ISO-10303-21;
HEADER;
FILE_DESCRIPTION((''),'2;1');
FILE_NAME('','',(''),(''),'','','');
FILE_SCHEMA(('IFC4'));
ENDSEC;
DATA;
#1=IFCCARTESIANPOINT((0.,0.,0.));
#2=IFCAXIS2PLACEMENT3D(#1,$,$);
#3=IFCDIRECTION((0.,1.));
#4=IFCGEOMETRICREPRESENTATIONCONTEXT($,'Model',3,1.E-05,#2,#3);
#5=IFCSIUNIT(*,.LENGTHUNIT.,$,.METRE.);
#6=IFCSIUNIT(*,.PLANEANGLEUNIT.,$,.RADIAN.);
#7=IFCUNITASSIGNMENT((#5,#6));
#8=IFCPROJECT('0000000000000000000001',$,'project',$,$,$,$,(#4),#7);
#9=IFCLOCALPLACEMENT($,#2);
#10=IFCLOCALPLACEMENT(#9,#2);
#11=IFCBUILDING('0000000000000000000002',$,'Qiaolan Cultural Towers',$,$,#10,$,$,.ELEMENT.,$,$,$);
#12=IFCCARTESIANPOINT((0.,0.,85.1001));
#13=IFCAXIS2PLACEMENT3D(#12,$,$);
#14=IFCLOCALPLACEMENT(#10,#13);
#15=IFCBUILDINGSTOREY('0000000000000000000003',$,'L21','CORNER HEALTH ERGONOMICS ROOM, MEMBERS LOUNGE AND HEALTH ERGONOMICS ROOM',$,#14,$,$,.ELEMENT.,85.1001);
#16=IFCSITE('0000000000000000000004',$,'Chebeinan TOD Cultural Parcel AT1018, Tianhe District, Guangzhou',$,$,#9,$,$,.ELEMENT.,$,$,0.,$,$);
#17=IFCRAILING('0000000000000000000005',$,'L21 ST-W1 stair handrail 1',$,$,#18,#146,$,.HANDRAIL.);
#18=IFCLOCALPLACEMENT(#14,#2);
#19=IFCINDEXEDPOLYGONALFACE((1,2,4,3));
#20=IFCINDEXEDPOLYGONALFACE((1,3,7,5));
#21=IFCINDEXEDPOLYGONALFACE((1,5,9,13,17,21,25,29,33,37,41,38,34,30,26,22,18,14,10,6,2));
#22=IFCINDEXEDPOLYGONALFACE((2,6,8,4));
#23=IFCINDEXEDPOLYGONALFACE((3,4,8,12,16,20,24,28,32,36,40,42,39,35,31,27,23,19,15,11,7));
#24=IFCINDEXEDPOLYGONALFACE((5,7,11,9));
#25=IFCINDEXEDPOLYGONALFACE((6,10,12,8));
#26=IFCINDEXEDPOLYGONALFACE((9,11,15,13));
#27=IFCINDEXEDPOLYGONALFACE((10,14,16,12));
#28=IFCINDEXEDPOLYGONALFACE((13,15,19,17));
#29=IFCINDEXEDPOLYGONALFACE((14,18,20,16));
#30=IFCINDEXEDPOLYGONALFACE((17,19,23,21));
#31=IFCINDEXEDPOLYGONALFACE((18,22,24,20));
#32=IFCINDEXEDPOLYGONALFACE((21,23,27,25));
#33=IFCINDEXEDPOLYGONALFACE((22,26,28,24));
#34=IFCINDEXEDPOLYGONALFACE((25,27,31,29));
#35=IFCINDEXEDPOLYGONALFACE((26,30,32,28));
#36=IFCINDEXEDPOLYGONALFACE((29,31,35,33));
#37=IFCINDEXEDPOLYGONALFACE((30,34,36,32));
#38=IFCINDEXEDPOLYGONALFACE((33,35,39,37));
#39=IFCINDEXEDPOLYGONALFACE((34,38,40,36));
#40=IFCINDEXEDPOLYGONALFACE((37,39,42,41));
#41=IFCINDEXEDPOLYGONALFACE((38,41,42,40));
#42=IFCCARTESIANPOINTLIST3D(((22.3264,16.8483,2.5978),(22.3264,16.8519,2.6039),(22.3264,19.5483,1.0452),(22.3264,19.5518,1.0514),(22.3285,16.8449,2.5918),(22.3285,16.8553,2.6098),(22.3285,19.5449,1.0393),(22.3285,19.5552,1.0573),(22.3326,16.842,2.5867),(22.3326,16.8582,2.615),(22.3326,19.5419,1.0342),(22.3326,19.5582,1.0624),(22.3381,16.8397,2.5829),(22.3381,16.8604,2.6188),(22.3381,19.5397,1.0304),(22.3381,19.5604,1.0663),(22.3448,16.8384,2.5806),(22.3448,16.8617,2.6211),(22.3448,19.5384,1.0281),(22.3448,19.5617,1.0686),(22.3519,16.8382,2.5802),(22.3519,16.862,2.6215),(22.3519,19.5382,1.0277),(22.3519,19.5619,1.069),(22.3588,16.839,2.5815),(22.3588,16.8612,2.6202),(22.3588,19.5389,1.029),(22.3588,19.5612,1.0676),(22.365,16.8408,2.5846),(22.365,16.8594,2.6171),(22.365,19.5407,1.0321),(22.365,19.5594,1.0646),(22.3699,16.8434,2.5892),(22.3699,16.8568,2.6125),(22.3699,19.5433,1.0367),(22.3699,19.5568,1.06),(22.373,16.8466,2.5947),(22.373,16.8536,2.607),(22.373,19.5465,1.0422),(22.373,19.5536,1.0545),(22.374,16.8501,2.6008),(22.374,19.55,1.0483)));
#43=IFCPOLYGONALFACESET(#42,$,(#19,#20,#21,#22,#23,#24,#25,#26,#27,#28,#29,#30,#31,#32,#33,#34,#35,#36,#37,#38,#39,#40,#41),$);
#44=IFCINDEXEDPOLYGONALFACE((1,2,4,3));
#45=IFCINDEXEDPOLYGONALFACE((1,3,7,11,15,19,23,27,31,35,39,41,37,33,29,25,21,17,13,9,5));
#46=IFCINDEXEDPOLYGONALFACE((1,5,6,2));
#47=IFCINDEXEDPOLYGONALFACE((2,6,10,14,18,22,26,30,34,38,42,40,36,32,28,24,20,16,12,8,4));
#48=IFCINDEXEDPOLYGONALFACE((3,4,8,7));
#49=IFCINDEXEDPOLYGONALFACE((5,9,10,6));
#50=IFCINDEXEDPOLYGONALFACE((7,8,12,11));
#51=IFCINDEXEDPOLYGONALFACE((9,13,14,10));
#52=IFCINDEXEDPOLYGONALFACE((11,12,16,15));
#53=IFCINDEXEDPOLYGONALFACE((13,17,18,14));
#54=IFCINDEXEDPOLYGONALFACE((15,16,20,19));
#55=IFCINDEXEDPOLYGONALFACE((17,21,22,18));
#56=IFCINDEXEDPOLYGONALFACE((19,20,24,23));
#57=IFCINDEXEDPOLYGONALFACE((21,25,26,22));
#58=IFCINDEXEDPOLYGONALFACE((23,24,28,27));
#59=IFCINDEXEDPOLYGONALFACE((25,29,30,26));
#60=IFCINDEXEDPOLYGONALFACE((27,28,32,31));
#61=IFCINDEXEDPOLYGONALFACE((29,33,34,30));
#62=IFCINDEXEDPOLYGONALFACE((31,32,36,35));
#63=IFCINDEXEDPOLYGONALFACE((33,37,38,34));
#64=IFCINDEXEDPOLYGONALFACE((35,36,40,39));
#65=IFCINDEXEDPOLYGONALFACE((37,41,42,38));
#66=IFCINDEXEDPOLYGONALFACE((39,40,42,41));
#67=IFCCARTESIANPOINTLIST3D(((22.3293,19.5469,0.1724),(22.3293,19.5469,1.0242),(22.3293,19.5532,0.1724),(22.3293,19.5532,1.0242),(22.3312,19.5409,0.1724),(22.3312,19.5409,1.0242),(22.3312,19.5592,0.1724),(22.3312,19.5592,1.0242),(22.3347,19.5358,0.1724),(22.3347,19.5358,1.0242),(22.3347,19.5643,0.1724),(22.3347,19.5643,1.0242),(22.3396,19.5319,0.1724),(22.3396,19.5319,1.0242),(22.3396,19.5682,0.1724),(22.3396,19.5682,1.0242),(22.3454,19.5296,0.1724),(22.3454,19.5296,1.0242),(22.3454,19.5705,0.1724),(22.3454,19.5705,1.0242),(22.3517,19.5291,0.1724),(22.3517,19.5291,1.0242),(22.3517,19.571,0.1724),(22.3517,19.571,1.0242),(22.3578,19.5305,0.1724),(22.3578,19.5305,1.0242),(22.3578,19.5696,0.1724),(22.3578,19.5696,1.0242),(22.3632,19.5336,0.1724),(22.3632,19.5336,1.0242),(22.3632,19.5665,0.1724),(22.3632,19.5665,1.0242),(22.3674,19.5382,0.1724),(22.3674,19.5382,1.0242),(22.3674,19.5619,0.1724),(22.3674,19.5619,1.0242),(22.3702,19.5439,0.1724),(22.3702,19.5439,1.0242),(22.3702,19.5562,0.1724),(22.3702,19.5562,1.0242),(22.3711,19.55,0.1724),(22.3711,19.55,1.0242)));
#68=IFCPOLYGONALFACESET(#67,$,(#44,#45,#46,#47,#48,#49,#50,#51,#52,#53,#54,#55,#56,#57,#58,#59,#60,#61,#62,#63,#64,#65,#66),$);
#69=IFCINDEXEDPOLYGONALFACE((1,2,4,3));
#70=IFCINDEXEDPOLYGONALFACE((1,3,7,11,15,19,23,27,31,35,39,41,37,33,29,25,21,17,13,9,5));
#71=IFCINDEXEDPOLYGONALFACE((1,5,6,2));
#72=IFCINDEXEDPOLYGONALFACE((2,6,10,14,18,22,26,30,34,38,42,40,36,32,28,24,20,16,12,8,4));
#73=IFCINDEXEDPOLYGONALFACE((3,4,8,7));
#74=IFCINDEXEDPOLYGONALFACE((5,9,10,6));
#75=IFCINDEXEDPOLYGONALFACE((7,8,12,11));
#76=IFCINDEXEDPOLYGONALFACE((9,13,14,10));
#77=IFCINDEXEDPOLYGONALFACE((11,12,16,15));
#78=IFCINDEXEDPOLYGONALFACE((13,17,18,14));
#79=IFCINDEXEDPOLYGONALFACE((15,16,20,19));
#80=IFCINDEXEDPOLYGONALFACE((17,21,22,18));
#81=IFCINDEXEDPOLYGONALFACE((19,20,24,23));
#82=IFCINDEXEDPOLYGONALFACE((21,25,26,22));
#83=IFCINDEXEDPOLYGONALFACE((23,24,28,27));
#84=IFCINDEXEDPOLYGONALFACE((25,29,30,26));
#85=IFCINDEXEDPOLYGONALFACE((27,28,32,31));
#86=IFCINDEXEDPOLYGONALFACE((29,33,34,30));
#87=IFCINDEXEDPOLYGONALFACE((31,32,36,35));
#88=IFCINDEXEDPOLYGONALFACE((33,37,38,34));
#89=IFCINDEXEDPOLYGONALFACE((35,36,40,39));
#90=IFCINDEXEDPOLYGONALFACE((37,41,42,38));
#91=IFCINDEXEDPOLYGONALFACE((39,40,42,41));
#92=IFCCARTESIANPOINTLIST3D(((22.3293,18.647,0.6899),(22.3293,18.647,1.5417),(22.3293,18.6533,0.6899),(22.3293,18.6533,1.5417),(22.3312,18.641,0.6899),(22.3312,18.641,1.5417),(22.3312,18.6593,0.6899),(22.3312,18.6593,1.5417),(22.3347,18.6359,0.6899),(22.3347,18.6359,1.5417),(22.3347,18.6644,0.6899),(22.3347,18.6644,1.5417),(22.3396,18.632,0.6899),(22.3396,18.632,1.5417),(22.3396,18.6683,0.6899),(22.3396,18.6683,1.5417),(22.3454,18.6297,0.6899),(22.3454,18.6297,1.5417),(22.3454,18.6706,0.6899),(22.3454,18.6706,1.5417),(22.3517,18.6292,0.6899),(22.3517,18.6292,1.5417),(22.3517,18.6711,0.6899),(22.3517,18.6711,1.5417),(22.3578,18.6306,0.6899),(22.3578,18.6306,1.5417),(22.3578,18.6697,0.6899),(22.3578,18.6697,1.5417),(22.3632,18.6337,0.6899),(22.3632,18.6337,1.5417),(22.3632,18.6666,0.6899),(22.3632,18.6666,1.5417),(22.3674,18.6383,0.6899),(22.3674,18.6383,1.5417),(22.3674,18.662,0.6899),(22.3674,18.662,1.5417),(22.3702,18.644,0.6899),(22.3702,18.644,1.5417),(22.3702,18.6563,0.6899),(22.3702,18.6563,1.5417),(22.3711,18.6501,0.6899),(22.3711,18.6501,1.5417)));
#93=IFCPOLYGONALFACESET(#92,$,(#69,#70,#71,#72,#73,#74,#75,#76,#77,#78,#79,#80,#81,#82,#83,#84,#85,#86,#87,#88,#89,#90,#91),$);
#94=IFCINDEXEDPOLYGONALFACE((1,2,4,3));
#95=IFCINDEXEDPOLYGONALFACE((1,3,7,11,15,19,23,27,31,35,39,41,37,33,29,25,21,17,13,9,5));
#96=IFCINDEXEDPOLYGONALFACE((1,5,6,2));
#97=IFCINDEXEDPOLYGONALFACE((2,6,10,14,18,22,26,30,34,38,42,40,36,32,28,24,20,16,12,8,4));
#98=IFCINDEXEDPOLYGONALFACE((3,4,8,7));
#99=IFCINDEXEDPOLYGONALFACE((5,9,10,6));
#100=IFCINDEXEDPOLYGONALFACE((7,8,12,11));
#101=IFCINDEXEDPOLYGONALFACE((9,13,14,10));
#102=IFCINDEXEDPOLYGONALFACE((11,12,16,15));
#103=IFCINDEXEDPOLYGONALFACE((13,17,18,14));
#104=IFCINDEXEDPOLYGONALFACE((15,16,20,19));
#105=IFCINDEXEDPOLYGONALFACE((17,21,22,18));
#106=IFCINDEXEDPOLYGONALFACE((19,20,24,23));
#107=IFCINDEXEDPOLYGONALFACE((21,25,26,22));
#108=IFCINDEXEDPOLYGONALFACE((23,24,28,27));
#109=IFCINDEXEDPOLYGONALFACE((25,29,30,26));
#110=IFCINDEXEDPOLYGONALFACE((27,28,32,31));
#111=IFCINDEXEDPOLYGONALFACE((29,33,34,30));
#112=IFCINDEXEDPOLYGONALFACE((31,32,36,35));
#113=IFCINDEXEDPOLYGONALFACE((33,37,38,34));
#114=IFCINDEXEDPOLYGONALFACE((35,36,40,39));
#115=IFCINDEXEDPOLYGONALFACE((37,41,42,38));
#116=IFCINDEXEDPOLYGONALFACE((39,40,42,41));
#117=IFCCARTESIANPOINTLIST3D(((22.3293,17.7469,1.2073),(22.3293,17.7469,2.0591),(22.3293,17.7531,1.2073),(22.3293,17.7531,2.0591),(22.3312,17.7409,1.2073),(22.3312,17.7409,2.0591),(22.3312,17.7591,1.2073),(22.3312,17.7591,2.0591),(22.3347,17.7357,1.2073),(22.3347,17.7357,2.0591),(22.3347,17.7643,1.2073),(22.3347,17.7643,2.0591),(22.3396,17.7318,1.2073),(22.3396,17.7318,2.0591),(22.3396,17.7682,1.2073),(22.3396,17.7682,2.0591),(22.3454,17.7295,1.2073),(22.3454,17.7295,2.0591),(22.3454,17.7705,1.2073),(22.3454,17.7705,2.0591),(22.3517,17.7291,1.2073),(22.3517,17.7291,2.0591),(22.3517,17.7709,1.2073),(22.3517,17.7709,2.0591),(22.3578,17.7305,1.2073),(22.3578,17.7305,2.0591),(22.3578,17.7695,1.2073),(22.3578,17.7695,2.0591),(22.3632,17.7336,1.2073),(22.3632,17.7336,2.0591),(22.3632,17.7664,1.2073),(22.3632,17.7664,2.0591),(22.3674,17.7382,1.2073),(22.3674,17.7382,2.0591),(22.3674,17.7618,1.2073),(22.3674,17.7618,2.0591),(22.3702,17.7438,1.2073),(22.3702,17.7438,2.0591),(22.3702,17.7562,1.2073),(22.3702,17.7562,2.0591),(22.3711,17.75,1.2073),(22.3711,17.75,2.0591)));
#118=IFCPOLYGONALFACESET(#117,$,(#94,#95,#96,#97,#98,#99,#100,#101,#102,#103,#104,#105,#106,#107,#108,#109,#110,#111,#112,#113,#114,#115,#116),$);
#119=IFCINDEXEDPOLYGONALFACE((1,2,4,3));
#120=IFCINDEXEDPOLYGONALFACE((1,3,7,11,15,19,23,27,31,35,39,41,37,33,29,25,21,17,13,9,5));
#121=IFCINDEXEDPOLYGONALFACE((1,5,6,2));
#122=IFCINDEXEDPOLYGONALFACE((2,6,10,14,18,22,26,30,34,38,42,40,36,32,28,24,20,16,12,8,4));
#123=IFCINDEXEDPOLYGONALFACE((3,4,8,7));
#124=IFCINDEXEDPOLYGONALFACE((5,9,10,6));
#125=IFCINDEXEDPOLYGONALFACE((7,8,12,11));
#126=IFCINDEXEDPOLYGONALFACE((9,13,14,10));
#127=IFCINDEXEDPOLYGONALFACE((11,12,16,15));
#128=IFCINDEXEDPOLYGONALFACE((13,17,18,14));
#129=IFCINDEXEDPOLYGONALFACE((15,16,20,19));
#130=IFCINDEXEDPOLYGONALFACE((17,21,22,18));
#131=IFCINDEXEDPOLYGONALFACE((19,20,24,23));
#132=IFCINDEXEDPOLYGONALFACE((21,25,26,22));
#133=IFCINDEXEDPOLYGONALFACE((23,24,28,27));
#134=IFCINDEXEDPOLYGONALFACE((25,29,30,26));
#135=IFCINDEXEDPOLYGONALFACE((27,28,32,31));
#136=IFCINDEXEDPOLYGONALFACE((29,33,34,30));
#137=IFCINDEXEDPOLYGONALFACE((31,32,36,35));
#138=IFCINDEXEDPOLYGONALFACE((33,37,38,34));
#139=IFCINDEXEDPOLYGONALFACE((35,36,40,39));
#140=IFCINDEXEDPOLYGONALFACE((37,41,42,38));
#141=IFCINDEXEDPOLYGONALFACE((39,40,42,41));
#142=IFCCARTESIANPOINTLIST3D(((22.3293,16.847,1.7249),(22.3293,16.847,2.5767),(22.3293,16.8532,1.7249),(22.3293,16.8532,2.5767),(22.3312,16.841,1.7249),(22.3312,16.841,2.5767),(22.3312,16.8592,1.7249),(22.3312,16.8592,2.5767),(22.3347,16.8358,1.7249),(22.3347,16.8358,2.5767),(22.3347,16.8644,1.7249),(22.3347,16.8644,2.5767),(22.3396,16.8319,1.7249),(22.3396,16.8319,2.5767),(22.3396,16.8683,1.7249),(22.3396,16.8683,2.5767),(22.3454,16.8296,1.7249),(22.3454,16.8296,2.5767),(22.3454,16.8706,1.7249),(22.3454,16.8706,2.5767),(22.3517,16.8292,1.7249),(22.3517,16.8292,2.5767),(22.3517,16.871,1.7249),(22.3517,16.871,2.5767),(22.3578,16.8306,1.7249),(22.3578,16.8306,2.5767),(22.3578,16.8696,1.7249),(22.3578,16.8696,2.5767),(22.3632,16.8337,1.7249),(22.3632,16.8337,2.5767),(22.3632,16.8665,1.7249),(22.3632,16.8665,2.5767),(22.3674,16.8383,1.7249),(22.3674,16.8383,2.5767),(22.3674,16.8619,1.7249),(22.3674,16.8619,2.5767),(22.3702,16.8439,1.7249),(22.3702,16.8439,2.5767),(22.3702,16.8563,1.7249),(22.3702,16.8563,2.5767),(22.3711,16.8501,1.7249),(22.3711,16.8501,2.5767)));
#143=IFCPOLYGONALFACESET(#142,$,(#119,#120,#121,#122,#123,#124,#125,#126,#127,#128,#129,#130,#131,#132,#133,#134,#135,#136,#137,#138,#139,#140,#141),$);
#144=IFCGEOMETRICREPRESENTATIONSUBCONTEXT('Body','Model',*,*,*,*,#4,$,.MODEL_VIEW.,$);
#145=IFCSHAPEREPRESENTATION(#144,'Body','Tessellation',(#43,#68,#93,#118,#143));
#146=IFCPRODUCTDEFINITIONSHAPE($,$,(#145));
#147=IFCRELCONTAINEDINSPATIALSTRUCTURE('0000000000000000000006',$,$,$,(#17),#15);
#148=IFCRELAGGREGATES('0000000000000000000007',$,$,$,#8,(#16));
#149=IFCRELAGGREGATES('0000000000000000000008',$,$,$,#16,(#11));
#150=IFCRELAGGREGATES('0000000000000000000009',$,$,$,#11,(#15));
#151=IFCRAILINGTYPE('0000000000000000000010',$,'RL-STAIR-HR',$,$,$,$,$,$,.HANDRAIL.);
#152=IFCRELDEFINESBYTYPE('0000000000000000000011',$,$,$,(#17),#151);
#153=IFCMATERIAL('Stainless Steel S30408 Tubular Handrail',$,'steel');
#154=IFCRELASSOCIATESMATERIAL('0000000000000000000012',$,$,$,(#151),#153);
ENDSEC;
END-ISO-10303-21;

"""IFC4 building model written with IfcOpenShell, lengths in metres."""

from ifc_helpers import new_model, si_unit, direction, frame, origin, origin_2d, place, context, subcontext, project, spatial, circle, extrude, material, type_object, element, save


model = new_model("IFC4")

# Units and contexts
model_context = context("Model", 3, precision=1e-05, world=origin(), true_north=direction((0.0, 1.0)))
body_context = subcontext(model_context, "Body", "Model", "MODEL_VIEW")
ifc_project = project(units=[si_unit("LENGTHUNIT", "METRE"), si_unit("PLANEANGLEUNIT", "RADIAN")], contexts=[model_context])

# Site, building, storey
site_placement = place(None, origin())
site = spatial("IfcSite", under=ifc_project, at=site_placement, Name="Chebeinan TOD Cultural Parcel AT1018, Tianhe District, Guangzhou", CompositionType="ELEMENT", RefElevation=0.0)
building_placement = place(site_placement, origin())
building = spatial("IfcBuilding", under=site, at=building_placement, Name="Qiaolan Cultural Towers", CompositionType="ELEMENT")
storey_placement = place(building_placement, frame((0.0, 0.0, 85.1001)))
storey = spatial("IfcBuildingStorey", under=building, at=storey_placement, Name="L21", Description="CORNER HEALTH ERGONOMICS ROOM, MEMBERS LOUNGE AND HEALTH ERGONOMICS ROOM", CompositionType="ELEMENT", Elevation=85.1001)

# Railing
ifc_material_1 = material(Name="Stainless Steel S30408 Tubular Handrail", Category="steel")
railing_type_1 = type_object("IfcRailingType", Name="RL-STAIR-HR", PredefinedType="HANDRAIL", material=ifc_material_1)
railing_1_placement = place(storey_placement, frame((22.3501, 19.55, 0.1724)))
element("IfcRailing", 1, at=railing_1_placement, inside=storey, type_object=railing_type_1, Name="L21 ST-W1 stair handrail 1", PredefinedType="HANDRAIL", context=body_context, shape_type="SweptSolid", body=[
    extrude(circle(Radius=0.0239, at=origin_2d()), frame((0.0, 0.0, 0.876), z_axis=(0.0, -0.866904, 0.498476), x_axis=(1.0, 0.0, 0.0)), (0.0, 0.0, 1.0), 3.1145),
    extrude(circle(Radius=0.021, at=origin_2d()), origin(), (0.0, 0.0, 1.0), 0.8518),
    extrude(circle(Radius=0.021, at=origin_2d()), frame((0.0, -0.8999, 0.5176)), (0.0, 0.0, 1.0), 0.8518),
    extrude(circle(Radius=0.021, at=origin_2d()), frame((0.0, -1.8, 1.0349)), (0.0, 0.0, 1.0), 0.8518),
    extrude(circle(Radius=0.021, at=origin_2d()), frame((0.0, -2.7, 1.5525)), (0.0, 0.0, 1.0), 0.8518),
])

save(model, "model.ifc")
